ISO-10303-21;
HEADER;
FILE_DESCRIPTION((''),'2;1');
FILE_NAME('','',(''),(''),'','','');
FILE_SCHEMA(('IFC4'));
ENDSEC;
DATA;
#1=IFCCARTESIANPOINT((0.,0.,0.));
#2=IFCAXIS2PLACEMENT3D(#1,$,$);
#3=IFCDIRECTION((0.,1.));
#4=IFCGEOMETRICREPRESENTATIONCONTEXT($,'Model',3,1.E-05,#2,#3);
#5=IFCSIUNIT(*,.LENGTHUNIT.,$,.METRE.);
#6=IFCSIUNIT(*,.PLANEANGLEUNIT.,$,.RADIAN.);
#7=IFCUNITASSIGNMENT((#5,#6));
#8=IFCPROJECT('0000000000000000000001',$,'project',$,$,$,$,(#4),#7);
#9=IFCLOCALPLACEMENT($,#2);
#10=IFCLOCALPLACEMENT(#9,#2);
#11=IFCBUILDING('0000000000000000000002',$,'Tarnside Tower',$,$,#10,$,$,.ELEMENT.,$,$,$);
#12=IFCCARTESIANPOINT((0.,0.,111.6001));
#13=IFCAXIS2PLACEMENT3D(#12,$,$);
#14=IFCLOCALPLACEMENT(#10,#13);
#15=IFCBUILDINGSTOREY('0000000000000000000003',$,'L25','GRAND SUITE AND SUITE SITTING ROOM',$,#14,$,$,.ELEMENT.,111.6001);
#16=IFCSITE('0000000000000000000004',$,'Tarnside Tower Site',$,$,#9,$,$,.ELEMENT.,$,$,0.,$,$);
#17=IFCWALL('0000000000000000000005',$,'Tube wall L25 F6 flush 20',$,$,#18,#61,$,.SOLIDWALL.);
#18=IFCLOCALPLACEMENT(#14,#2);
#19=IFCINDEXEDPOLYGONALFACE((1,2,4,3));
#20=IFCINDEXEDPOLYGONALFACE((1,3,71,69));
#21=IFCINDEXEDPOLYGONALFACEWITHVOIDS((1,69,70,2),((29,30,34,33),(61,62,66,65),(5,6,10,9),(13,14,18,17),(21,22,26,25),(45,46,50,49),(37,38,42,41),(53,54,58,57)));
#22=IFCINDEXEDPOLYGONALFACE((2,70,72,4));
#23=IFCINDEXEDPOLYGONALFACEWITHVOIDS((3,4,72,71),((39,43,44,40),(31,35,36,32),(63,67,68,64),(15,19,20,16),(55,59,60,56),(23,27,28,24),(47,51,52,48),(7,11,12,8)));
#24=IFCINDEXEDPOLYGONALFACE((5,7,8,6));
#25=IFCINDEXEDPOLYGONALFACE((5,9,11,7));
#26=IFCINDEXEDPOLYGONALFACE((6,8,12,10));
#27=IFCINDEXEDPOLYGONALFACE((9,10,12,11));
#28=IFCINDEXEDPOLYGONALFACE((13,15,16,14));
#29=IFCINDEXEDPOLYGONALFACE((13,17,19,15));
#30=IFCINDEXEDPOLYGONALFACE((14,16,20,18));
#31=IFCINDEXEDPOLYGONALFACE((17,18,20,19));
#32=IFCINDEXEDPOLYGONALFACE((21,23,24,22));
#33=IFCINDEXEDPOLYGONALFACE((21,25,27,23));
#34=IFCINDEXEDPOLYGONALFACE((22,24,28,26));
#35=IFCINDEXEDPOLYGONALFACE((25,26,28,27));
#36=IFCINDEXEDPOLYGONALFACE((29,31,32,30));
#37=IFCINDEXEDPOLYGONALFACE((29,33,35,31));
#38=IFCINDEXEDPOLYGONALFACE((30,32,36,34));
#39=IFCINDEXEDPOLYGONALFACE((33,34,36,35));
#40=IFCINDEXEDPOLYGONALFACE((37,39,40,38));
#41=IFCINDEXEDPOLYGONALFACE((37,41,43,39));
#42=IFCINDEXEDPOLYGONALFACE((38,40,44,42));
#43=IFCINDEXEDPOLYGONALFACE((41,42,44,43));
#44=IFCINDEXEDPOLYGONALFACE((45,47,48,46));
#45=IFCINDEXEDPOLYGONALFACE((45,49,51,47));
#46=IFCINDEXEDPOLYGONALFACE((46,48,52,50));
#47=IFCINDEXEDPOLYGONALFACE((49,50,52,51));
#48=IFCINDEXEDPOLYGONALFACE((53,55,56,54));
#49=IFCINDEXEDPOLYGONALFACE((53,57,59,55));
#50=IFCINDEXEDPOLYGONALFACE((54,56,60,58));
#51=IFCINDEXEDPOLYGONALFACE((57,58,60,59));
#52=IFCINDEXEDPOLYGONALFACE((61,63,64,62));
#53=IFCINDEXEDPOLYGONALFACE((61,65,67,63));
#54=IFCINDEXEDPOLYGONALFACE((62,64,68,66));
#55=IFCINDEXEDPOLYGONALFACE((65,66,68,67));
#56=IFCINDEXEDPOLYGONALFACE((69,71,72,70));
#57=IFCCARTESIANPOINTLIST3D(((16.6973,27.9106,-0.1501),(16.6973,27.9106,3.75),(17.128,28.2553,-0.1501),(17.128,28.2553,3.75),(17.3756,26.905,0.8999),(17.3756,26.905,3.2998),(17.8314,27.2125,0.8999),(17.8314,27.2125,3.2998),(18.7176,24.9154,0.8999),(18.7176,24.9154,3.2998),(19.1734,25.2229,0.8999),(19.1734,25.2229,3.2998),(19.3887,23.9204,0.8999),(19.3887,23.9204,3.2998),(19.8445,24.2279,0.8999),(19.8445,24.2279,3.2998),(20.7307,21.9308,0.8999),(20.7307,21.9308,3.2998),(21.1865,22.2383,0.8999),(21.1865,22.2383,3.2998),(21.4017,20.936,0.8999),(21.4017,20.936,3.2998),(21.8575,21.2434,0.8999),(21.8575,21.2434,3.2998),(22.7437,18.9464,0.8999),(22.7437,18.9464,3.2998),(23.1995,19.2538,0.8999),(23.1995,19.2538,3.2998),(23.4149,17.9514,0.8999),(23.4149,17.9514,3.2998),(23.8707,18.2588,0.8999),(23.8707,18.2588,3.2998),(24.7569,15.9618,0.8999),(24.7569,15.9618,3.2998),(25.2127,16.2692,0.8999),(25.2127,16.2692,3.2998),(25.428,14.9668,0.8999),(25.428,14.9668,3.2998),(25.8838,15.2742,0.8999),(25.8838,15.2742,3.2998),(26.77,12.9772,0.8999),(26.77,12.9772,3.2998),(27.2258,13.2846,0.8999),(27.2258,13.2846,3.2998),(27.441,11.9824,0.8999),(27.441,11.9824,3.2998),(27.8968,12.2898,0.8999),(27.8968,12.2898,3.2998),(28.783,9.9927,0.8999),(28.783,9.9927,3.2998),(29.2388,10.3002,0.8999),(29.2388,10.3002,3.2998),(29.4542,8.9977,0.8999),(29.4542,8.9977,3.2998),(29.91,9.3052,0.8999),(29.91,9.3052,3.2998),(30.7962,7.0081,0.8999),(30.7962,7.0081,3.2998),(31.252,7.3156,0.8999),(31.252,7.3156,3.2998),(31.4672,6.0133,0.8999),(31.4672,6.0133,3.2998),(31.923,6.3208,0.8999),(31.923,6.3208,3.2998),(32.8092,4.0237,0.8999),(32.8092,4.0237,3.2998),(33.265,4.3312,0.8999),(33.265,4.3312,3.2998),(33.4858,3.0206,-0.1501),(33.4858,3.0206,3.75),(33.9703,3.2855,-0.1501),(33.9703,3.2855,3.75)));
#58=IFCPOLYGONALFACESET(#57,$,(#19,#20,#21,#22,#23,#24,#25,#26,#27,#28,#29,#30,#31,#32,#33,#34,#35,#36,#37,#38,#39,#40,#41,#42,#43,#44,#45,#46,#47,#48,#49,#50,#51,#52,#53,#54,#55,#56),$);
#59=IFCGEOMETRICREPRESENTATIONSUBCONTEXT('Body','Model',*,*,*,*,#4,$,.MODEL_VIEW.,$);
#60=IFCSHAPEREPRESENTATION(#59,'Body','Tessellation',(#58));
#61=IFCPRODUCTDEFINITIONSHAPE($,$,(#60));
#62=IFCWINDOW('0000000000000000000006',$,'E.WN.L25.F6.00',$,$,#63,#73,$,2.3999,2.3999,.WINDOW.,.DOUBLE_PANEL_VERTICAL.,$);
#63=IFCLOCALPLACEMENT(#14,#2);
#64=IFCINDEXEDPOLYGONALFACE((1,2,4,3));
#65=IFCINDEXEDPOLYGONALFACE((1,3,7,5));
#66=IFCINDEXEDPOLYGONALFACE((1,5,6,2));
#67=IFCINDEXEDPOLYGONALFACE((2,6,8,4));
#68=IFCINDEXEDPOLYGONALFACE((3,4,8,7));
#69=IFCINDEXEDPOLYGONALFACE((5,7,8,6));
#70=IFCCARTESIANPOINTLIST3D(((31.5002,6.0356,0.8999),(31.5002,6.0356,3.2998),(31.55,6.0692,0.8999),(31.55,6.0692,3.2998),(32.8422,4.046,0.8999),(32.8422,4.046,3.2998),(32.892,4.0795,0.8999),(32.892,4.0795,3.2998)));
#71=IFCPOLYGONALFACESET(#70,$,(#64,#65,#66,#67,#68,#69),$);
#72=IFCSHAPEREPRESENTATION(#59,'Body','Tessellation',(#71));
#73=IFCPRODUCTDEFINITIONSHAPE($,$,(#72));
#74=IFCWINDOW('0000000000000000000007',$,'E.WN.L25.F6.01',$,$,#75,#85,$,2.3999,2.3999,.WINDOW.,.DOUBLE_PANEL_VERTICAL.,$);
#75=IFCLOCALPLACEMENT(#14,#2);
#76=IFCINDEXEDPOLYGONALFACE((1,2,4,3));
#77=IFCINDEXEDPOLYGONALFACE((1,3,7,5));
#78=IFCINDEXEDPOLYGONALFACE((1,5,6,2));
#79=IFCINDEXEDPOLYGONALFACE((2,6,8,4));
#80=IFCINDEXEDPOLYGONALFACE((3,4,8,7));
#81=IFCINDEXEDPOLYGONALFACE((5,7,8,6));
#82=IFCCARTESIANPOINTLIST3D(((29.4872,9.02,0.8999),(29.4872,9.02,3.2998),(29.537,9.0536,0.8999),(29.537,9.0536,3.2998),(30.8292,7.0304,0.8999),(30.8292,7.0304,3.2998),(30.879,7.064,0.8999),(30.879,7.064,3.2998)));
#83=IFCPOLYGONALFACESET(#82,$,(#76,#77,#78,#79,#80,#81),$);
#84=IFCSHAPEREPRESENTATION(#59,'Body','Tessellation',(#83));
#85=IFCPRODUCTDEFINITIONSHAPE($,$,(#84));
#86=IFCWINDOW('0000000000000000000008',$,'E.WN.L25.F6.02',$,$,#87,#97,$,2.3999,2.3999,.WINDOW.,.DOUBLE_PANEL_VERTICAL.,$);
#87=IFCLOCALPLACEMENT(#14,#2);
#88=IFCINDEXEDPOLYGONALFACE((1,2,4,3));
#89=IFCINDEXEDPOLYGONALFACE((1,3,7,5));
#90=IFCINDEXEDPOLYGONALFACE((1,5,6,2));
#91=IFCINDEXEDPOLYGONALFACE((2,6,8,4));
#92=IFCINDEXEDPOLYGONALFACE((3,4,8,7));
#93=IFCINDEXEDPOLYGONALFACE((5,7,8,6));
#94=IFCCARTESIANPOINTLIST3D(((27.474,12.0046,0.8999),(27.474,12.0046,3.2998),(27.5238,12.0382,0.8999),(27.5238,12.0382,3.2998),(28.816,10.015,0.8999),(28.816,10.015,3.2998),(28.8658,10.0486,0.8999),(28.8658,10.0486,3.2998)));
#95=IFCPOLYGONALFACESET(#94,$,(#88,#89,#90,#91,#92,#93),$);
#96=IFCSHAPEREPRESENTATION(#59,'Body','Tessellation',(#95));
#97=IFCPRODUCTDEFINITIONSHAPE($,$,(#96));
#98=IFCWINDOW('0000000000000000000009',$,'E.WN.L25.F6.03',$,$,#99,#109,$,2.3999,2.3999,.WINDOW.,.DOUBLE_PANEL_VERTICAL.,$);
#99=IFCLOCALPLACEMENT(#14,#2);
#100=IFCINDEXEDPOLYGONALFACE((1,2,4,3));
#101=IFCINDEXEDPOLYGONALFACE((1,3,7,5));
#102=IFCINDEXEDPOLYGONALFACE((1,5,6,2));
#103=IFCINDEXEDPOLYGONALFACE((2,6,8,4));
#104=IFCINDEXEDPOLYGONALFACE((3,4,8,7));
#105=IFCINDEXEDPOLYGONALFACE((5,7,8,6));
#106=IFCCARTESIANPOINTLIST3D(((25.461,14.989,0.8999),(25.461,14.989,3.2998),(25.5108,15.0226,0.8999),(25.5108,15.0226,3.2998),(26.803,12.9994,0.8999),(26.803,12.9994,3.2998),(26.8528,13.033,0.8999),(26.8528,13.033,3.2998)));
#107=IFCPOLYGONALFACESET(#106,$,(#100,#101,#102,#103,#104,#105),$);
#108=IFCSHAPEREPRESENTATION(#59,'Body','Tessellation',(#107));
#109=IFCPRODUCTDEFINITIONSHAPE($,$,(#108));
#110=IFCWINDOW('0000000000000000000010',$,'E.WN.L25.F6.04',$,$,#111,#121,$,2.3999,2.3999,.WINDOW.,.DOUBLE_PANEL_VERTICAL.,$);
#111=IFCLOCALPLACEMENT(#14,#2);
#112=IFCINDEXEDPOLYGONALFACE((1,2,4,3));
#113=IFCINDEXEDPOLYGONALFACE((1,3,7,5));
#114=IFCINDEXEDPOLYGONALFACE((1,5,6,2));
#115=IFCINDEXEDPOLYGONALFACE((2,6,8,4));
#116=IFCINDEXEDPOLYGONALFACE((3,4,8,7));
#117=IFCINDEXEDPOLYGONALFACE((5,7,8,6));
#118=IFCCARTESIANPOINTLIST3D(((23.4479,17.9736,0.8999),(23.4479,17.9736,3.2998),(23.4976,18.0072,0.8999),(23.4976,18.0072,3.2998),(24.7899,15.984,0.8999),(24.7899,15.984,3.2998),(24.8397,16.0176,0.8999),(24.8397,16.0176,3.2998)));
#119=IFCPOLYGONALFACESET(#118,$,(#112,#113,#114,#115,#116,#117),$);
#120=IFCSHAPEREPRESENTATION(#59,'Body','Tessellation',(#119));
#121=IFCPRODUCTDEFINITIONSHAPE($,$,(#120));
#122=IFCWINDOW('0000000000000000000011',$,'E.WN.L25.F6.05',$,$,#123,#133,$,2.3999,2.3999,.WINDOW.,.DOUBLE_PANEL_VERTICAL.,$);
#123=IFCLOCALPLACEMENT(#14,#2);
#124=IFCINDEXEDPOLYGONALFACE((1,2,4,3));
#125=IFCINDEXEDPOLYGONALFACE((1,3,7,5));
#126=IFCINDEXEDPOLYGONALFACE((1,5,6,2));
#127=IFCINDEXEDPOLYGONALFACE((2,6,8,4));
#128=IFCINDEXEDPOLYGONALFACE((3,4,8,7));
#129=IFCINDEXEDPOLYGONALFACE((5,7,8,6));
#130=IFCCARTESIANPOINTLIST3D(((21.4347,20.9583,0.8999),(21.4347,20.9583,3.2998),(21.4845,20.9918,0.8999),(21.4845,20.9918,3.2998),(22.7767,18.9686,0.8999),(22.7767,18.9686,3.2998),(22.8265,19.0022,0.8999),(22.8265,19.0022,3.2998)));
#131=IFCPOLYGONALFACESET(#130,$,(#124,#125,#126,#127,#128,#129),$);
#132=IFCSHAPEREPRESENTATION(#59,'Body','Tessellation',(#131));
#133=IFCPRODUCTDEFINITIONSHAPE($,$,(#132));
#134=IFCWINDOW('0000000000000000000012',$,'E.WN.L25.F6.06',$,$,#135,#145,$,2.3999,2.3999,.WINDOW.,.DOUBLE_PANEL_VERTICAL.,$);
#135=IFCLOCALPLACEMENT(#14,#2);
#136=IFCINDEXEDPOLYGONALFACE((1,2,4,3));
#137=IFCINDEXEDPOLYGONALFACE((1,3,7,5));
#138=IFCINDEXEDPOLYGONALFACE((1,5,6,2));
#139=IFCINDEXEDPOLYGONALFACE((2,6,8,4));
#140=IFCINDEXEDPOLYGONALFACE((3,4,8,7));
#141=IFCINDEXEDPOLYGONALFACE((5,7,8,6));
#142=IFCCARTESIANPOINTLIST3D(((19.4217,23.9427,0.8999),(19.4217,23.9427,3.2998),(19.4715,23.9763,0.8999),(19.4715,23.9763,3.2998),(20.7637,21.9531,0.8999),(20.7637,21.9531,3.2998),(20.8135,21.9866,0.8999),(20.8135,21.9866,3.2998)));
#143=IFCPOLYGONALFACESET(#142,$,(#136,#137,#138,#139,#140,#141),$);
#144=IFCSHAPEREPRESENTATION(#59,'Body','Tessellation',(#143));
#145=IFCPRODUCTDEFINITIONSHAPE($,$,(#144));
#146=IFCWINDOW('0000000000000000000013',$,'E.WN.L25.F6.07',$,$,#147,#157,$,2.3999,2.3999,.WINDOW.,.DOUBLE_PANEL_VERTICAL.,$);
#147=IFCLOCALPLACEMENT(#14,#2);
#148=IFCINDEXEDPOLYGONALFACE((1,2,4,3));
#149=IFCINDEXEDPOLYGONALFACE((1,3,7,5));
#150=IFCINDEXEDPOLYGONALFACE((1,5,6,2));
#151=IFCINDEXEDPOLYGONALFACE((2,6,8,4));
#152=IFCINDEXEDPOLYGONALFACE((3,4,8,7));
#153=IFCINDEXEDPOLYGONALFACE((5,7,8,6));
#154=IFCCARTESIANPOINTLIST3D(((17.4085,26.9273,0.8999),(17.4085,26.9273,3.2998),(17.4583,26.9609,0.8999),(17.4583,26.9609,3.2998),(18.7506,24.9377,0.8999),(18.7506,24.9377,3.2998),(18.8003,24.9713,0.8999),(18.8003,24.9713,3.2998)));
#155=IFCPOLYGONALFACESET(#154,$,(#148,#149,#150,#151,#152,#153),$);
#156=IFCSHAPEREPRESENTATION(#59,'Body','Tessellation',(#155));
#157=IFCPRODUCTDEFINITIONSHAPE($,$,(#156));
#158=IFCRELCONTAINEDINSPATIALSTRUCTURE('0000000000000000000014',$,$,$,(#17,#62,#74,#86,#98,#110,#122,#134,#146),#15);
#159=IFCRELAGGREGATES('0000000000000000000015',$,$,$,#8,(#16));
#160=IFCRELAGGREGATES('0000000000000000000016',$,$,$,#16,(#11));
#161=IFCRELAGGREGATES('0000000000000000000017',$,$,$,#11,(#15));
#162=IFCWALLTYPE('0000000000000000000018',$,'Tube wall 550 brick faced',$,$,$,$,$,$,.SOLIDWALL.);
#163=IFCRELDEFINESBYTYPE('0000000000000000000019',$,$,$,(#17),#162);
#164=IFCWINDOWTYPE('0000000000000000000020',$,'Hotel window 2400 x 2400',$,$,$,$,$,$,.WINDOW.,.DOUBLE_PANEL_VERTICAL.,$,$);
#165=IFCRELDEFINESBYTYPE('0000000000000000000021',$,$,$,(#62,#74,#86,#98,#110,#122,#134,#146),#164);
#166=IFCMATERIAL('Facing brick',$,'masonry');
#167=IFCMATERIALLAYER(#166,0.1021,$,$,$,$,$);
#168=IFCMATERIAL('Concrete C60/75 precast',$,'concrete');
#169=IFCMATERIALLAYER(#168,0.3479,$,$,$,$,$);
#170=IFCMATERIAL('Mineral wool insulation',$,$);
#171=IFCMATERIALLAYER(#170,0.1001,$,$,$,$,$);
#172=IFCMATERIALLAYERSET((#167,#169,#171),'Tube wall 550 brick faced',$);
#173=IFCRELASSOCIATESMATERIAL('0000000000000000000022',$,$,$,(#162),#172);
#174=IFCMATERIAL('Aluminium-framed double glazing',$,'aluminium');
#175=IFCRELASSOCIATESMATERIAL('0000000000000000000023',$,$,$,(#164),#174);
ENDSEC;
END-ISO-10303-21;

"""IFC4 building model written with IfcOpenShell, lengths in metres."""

from ifc_helpers import new_model, si_unit, direction, frame, frame_2d, origin, place, context, subcontext, project, spatial, polyline, rectangle, outline, extrude, material, layer, layer_set, type_object, element, fill, save


model = new_model("IFC4")

# Units and contexts
model_context = context("Model", 3, precision=1e-05, world=origin(), true_north=direction((0.0, 1.0)))
body_context = subcontext(model_context, "Body", "Model", "MODEL_VIEW")
ifc_project = project(units=[si_unit("LENGTHUNIT", "METRE"), si_unit("PLANEANGLEUNIT", "RADIAN")], contexts=[model_context])

# Site, building, storey
site_placement = place(None, origin())
site = spatial("IfcSite", under=ifc_project, at=site_placement, Name="Tarnside Tower Site", CompositionType="ELEMENT", RefElevation=0.0)
building_placement = place(site_placement, origin())
building = spatial("IfcBuilding", under=site, at=building_placement, Name="Tarnside Tower", CompositionType="ELEMENT")
storey_placement = place(building_placement, frame((0.0, 0.0, 111.6001)))
storey = spatial("IfcBuildingStorey", under=building, at=storey_placement, Name="L25", Description="GRAND SUITE AND SUITE SITTING ROOM", CompositionType="ELEMENT", Elevation=111.6001)

# Shared definitions
ifc_material_1 = material(Name="Facing brick", Category="masonry")
ifc_layer_1 = layer(ifc_material_1, 0.1021)
ifc_material_2 = material(Name="Concrete C60/75 precast", Category="concrete")
ifc_layer_2 = layer(ifc_material_2, 0.3479)
ifc_material_3 = material(Name="Mineral wool insulation")
ifc_layer_3 = layer(ifc_material_3, 0.1001)
ifc_layer_set_1 = layer_set([ifc_layer_1, ifc_layer_2, ifc_layer_3], Name="Tube wall 550 brick faced")
wall_type_1 = type_object("IfcWallType", Name="Tube wall 550 brick faced", PredefinedType="SOLIDWALL", material=ifc_layer_set_1)

# Wall, openings, windows
wall_1_placement = place(storey_placement, frame((33.728, 3.1531, -0.1501), z_axis=(0.0, 0.0, 1.0), x_axis=(-0.559192, 0.829038, 0.0)))
wall_1 = element("IfcWall", 1, at=wall_1_placement, inside=storey, type_object=wall_type_1, Name="Tube wall L25 F6 flush 20", PredefinedType="SOLIDWALL", context=body_context, shape_type="SweptSolid", body=[
    extrude(outline(polyline([(-0.0256, -0.2749), (30.0933, -0.2749), (30.0483, 0.2749), (0.0256, 0.2749), (-0.0256, -0.2749)])), origin(), (0.0, 0.0, 1.0), 3.9001),
])
opening_1_placement = place(wall_1_placement, frame((1.2356, 0.0, 1.05)))
opening_1 = element("IfcOpeningElement", 2, at=opening_1_placement, cuts=wall_1, PredefinedType="OPENING", context=body_context, shape_type="SweptSolid", body=[
    extrude(rectangle(XDim=2.3999, YDim=2.3999, at=frame_2d((1.2, 1.2))), frame((0.0, 0.2852, 0.0), z_axis=(0.0, -1.0, 0.0), x_axis=(1.0, 0.0, 0.0)), (0.0, 0.0, 1.0), 0.5701),
])
opening_2_placement = place(wall_1_placement, frame((4.8354, 0.0, 1.05)))
opening_2 = element("IfcOpeningElement", 3, at=opening_2_placement, cuts=wall_1, PredefinedType="OPENING", context=body_context, shape_type="SweptSolid", body=[
    extrude(rectangle(XDim=2.3999, YDim=2.3999, at=frame_2d((1.2, 1.2))), frame((0.0, 0.2852, 0.0), z_axis=(0.0, -1.0, 0.0), x_axis=(1.0, 0.0, 0.0)), (0.0, 0.0, 1.0), 0.5701),
])
opening_3_placement = place(wall_1_placement, frame((8.4355, 0.0, 1.05)))
opening_3 = element("IfcOpeningElement", 4, at=opening_3_placement, cuts=wall_1, PredefinedType="OPENING", context=body_context, shape_type="SweptSolid", body=[
    extrude(rectangle(XDim=2.3999, YDim=2.3999, at=frame_2d((1.2, 1.2))), frame((0.0, 0.2852, 0.0), z_axis=(0.0, -1.0, 0.0), x_axis=(1.0, 0.0, 0.0)), (0.0, 0.0, 1.0), 0.5701),
])
opening_4_placement = place(wall_1_placement, frame((12.0354, 0.0, 1.05)))
opening_4 = element("IfcOpeningElement", 5, at=opening_4_placement, cuts=wall_1, PredefinedType="OPENING", context=body_context, shape_type="SweptSolid", body=[
    extrude(rectangle(XDim=2.3999, YDim=2.3999, at=frame_2d((1.2, 1.2))), frame((0.0, 0.2852, 0.0), z_axis=(0.0, -1.0, 0.0), x_axis=(1.0, 0.0, 0.0)), (0.0, 0.0, 1.0), 0.5701),
])
opening_5_placement = place(wall_1_placement, frame((15.6355, 0.0, 1.05)))
opening_5 = element("IfcOpeningElement", 6, at=opening_5_placement, cuts=wall_1, PredefinedType="OPENING", context=body_context, shape_type="SweptSolid", body=[
    extrude(rectangle(XDim=2.3999, YDim=2.3999, at=frame_2d((1.2, 1.2))), frame((0.0, 0.2852, 0.0), z_axis=(0.0, -1.0, 0.0), x_axis=(1.0, 0.0, 0.0)), (0.0, 0.0, 1.0), 0.5701),
])
opening_6_placement = place(wall_1_placement, frame((19.2356, 0.0, 1.05)))
opening_6 = element("IfcOpeningElement", 7, at=opening_6_placement, cuts=wall_1, PredefinedType="OPENING", context=body_context, shape_type="SweptSolid", body=[
    extrude(rectangle(XDim=2.3999, YDim=2.3999, at=frame_2d((1.2, 1.2))), frame((0.0, 0.2852, 0.0), z_axis=(0.0, -1.0, 0.0), x_axis=(1.0, 0.0, 0.0)), (0.0, 0.0, 1.0), 0.5701),
])
opening_7_placement = place(wall_1_placement, frame((22.8354, 0.0, 1.05)))
opening_7 = element("IfcOpeningElement", 8, at=opening_7_placement, cuts=wall_1, PredefinedType="OPENING", context=body_context, shape_type="SweptSolid", body=[
    extrude(rectangle(XDim=2.3999, YDim=2.3999, at=frame_2d((1.2, 1.2))), frame((0.0, 0.2852, 0.0), z_axis=(0.0, -1.0, 0.0), x_axis=(1.0, 0.0, 0.0)), (0.0, 0.0, 1.0), 0.5701),
])
opening_8_placement = place(wall_1_placement, frame((26.4355, 0.0, 1.05)))
opening_8 = element("IfcOpeningElement", 9, at=opening_8_placement, cuts=wall_1, PredefinedType="OPENING", context=body_context, shape_type="SweptSolid", body=[
    extrude(rectangle(XDim=2.3999, YDim=2.3999, at=frame_2d((1.2, 1.2))), frame((0.0, 0.2852, 0.0), z_axis=(0.0, -1.0, 0.0), x_axis=(1.0, 0.0, 0.0)), (0.0, 0.0, 1.0), 0.5701),
])
ifc_material_4 = material(Name="Aluminium-framed double glazing", Category="aluminium")
window_type = type_object("IfcWindowType", Name="Hotel window 2400 x 2400", PartitioningType="DOUBLE_PANEL_VERTICAL", PredefinedType="WINDOW", material=ifc_material_4)
window_1_placement = place(opening_1_placement, frame((0.0, 0.2051, 0.0)))
window_1 = element("IfcWindow", 10, at=window_1_placement, inside=storey, type_object=window_type, Name="E.WN.L25.F6.00", OverallHeight=2.3999, OverallWidth=2.3999, PartitioningType="DOUBLE_PANEL_VERTICAL", PredefinedType="WINDOW", context=body_context, shape_type="SweptSolid", body=[
    extrude(rectangle(XDim=2.3999, YDim=2.3999, at=frame_2d((1.2, 1.2))), frame((0.0, 0.03, 0.0), z_axis=(0.0, -1.0, 0.0), x_axis=(1.0, 0.0, 0.0)), (0.0, 0.0, 1.0), 0.0601),
])
fill(opening_1, window_1)
window_2_placement = place(opening_2_placement, frame((0.0, 0.2051, 0.0)))
window_2 = element("IfcWindow", 11, at=window_2_placement, inside=storey, type_object=window_type, Name="E.WN.L25.F6.01", OverallHeight=2.3999, OverallWidth=2.3999, PartitioningType="DOUBLE_PANEL_VERTICAL", PredefinedType="WINDOW", context=body_context, shape_type="SweptSolid", body=[
    extrude(rectangle(XDim=2.3999, YDim=2.3999, at=frame_2d((1.2, 1.2))), frame((0.0, 0.03, 0.0), z_axis=(0.0, -1.0, 0.0), x_axis=(1.0, 0.0, 0.0)), (0.0, 0.0, 1.0), 0.0601),
])
fill(opening_2, window_2)
window_3_placement = place(opening_3_placement, frame((0.0, 0.2051, 0.0)))
window_3 = element("IfcWindow", 12, at=window_3_placement, inside=storey, type_object=window_type, Name="E.WN.L25.F6.02", OverallHeight=2.3999, OverallWidth=2.3999, PartitioningType="DOUBLE_PANEL_VERTICAL", PredefinedType="WINDOW", context=body_context, shape_type="SweptSolid", body=[
    extrude(rectangle(XDim=2.3999, YDim=2.3999, at=frame_2d((1.2, 1.2))), frame((0.0, 0.03, 0.0), z_axis=(0.0, -1.0, 0.0), x_axis=(1.0, 0.0, 0.0)), (0.0, 0.0, 1.0), 0.0601),
])
fill(opening_3, window_3)
window_4_placement = place(opening_4_placement, frame((0.0, 0.2051, 0.0)))
window_4 = element("IfcWindow", 13, at=window_4_placement, inside=storey, type_object=window_type, Name="E.WN.L25.F6.03", OverallHeight=2.3999, OverallWidth=2.3999, PartitioningType="DOUBLE_PANEL_VERTICAL", PredefinedType="WINDOW", context=body_context, shape_type="SweptSolid", body=[
    extrude(rectangle(XDim=2.3999, YDim=2.3999, at=frame_2d((1.2, 1.2))), frame((0.0, 0.03, 0.0), z_axis=(0.0, -1.0, 0.0), x_axis=(1.0, 0.0, 0.0)), (0.0, 0.0, 1.0), 0.0601),
])
fill(opening_4, window_4)
window_5_placement = place(opening_5_placement, frame((0.0, 0.2051, 0.0)))
window_5 = element("IfcWindow", 14, at=window_5_placement, inside=storey, type_object=window_type, Name="E.WN.L25.F6.04", OverallHeight=2.3999, OverallWidth=2.3999, PartitioningType="DOUBLE_PANEL_VERTICAL", PredefinedType="WINDOW", context=body_context, shape_type="SweptSolid", body=[
    extrude(rectangle(XDim=2.3999, YDim=2.3999, at=frame_2d((1.2, 1.2))), frame((0.0, 0.03, 0.0), z_axis=(0.0, -1.0, 0.0), x_axis=(1.0, 0.0, 0.0)), (0.0, 0.0, 1.0), 0.0601),
])
fill(opening_5, window_5)
window_6_placement = place(opening_6_placement, frame((0.0, 0.2051, 0.0)))
window_6 = element("IfcWindow", 15, at=window_6_placement, inside=storey, type_object=window_type, Name="E.WN.L25.F6.05", OverallHeight=2.3999, OverallWidth=2.3999, PartitioningType="DOUBLE_PANEL_VERTICAL", PredefinedType="WINDOW", context=body_context, shape_type="SweptSolid", body=[
    extrude(rectangle(XDim=2.3999, YDim=2.3999, at=frame_2d((1.2, 1.2))), frame((0.0, 0.03, 0.0), z_axis=(0.0, -1.0, 0.0), x_axis=(1.0, 0.0, 0.0)), (0.0, 0.0, 1.0), 0.0601),
])
fill(opening_6, window_6)
window_7_placement = place(opening_7_placement, frame((0.0, 0.2051, 0.0)))
window_7 = element("IfcWindow", 16, at=window_7_placement, inside=storey, type_object=window_type, Name="E.WN.L25.F6.06", OverallHeight=2.3999, OverallWidth=2.3999, PartitioningType="DOUBLE_PANEL_VERTICAL", PredefinedType="WINDOW", context=body_context, shape_type="SweptSolid", body=[
    extrude(rectangle(XDim=2.3999, YDim=2.3999, at=frame_2d((1.2, 1.2))), frame((0.0, 0.03, 0.0), z_axis=(0.0, -1.0, 0.0), x_axis=(1.0, 0.0, 0.0)), (0.0, 0.0, 1.0), 0.0601),
])
fill(opening_7, window_7)
window_8_placement = place(opening_8_placement, frame((0.0, 0.2051, 0.0)))
window_8 = element("IfcWindow", 17, at=window_8_placement, inside=storey, type_object=window_type, Name="E.WN.L25.F6.07", OverallHeight=2.3999, OverallWidth=2.3999, PartitioningType="DOUBLE_PANEL_VERTICAL", PredefinedType="WINDOW", context=body_context, shape_type="SweptSolid", body=[
    extrude(rectangle(XDim=2.3999, YDim=2.3999, at=frame_2d((1.2, 1.2))), frame((0.0, 0.03, 0.0), z_axis=(0.0, -1.0, 0.0), x_axis=(1.0, 0.0, 0.0)), (0.0, 0.0, 1.0), 0.0601),
])
fill(opening_8, window_8)

save(model, "model.ifc")
